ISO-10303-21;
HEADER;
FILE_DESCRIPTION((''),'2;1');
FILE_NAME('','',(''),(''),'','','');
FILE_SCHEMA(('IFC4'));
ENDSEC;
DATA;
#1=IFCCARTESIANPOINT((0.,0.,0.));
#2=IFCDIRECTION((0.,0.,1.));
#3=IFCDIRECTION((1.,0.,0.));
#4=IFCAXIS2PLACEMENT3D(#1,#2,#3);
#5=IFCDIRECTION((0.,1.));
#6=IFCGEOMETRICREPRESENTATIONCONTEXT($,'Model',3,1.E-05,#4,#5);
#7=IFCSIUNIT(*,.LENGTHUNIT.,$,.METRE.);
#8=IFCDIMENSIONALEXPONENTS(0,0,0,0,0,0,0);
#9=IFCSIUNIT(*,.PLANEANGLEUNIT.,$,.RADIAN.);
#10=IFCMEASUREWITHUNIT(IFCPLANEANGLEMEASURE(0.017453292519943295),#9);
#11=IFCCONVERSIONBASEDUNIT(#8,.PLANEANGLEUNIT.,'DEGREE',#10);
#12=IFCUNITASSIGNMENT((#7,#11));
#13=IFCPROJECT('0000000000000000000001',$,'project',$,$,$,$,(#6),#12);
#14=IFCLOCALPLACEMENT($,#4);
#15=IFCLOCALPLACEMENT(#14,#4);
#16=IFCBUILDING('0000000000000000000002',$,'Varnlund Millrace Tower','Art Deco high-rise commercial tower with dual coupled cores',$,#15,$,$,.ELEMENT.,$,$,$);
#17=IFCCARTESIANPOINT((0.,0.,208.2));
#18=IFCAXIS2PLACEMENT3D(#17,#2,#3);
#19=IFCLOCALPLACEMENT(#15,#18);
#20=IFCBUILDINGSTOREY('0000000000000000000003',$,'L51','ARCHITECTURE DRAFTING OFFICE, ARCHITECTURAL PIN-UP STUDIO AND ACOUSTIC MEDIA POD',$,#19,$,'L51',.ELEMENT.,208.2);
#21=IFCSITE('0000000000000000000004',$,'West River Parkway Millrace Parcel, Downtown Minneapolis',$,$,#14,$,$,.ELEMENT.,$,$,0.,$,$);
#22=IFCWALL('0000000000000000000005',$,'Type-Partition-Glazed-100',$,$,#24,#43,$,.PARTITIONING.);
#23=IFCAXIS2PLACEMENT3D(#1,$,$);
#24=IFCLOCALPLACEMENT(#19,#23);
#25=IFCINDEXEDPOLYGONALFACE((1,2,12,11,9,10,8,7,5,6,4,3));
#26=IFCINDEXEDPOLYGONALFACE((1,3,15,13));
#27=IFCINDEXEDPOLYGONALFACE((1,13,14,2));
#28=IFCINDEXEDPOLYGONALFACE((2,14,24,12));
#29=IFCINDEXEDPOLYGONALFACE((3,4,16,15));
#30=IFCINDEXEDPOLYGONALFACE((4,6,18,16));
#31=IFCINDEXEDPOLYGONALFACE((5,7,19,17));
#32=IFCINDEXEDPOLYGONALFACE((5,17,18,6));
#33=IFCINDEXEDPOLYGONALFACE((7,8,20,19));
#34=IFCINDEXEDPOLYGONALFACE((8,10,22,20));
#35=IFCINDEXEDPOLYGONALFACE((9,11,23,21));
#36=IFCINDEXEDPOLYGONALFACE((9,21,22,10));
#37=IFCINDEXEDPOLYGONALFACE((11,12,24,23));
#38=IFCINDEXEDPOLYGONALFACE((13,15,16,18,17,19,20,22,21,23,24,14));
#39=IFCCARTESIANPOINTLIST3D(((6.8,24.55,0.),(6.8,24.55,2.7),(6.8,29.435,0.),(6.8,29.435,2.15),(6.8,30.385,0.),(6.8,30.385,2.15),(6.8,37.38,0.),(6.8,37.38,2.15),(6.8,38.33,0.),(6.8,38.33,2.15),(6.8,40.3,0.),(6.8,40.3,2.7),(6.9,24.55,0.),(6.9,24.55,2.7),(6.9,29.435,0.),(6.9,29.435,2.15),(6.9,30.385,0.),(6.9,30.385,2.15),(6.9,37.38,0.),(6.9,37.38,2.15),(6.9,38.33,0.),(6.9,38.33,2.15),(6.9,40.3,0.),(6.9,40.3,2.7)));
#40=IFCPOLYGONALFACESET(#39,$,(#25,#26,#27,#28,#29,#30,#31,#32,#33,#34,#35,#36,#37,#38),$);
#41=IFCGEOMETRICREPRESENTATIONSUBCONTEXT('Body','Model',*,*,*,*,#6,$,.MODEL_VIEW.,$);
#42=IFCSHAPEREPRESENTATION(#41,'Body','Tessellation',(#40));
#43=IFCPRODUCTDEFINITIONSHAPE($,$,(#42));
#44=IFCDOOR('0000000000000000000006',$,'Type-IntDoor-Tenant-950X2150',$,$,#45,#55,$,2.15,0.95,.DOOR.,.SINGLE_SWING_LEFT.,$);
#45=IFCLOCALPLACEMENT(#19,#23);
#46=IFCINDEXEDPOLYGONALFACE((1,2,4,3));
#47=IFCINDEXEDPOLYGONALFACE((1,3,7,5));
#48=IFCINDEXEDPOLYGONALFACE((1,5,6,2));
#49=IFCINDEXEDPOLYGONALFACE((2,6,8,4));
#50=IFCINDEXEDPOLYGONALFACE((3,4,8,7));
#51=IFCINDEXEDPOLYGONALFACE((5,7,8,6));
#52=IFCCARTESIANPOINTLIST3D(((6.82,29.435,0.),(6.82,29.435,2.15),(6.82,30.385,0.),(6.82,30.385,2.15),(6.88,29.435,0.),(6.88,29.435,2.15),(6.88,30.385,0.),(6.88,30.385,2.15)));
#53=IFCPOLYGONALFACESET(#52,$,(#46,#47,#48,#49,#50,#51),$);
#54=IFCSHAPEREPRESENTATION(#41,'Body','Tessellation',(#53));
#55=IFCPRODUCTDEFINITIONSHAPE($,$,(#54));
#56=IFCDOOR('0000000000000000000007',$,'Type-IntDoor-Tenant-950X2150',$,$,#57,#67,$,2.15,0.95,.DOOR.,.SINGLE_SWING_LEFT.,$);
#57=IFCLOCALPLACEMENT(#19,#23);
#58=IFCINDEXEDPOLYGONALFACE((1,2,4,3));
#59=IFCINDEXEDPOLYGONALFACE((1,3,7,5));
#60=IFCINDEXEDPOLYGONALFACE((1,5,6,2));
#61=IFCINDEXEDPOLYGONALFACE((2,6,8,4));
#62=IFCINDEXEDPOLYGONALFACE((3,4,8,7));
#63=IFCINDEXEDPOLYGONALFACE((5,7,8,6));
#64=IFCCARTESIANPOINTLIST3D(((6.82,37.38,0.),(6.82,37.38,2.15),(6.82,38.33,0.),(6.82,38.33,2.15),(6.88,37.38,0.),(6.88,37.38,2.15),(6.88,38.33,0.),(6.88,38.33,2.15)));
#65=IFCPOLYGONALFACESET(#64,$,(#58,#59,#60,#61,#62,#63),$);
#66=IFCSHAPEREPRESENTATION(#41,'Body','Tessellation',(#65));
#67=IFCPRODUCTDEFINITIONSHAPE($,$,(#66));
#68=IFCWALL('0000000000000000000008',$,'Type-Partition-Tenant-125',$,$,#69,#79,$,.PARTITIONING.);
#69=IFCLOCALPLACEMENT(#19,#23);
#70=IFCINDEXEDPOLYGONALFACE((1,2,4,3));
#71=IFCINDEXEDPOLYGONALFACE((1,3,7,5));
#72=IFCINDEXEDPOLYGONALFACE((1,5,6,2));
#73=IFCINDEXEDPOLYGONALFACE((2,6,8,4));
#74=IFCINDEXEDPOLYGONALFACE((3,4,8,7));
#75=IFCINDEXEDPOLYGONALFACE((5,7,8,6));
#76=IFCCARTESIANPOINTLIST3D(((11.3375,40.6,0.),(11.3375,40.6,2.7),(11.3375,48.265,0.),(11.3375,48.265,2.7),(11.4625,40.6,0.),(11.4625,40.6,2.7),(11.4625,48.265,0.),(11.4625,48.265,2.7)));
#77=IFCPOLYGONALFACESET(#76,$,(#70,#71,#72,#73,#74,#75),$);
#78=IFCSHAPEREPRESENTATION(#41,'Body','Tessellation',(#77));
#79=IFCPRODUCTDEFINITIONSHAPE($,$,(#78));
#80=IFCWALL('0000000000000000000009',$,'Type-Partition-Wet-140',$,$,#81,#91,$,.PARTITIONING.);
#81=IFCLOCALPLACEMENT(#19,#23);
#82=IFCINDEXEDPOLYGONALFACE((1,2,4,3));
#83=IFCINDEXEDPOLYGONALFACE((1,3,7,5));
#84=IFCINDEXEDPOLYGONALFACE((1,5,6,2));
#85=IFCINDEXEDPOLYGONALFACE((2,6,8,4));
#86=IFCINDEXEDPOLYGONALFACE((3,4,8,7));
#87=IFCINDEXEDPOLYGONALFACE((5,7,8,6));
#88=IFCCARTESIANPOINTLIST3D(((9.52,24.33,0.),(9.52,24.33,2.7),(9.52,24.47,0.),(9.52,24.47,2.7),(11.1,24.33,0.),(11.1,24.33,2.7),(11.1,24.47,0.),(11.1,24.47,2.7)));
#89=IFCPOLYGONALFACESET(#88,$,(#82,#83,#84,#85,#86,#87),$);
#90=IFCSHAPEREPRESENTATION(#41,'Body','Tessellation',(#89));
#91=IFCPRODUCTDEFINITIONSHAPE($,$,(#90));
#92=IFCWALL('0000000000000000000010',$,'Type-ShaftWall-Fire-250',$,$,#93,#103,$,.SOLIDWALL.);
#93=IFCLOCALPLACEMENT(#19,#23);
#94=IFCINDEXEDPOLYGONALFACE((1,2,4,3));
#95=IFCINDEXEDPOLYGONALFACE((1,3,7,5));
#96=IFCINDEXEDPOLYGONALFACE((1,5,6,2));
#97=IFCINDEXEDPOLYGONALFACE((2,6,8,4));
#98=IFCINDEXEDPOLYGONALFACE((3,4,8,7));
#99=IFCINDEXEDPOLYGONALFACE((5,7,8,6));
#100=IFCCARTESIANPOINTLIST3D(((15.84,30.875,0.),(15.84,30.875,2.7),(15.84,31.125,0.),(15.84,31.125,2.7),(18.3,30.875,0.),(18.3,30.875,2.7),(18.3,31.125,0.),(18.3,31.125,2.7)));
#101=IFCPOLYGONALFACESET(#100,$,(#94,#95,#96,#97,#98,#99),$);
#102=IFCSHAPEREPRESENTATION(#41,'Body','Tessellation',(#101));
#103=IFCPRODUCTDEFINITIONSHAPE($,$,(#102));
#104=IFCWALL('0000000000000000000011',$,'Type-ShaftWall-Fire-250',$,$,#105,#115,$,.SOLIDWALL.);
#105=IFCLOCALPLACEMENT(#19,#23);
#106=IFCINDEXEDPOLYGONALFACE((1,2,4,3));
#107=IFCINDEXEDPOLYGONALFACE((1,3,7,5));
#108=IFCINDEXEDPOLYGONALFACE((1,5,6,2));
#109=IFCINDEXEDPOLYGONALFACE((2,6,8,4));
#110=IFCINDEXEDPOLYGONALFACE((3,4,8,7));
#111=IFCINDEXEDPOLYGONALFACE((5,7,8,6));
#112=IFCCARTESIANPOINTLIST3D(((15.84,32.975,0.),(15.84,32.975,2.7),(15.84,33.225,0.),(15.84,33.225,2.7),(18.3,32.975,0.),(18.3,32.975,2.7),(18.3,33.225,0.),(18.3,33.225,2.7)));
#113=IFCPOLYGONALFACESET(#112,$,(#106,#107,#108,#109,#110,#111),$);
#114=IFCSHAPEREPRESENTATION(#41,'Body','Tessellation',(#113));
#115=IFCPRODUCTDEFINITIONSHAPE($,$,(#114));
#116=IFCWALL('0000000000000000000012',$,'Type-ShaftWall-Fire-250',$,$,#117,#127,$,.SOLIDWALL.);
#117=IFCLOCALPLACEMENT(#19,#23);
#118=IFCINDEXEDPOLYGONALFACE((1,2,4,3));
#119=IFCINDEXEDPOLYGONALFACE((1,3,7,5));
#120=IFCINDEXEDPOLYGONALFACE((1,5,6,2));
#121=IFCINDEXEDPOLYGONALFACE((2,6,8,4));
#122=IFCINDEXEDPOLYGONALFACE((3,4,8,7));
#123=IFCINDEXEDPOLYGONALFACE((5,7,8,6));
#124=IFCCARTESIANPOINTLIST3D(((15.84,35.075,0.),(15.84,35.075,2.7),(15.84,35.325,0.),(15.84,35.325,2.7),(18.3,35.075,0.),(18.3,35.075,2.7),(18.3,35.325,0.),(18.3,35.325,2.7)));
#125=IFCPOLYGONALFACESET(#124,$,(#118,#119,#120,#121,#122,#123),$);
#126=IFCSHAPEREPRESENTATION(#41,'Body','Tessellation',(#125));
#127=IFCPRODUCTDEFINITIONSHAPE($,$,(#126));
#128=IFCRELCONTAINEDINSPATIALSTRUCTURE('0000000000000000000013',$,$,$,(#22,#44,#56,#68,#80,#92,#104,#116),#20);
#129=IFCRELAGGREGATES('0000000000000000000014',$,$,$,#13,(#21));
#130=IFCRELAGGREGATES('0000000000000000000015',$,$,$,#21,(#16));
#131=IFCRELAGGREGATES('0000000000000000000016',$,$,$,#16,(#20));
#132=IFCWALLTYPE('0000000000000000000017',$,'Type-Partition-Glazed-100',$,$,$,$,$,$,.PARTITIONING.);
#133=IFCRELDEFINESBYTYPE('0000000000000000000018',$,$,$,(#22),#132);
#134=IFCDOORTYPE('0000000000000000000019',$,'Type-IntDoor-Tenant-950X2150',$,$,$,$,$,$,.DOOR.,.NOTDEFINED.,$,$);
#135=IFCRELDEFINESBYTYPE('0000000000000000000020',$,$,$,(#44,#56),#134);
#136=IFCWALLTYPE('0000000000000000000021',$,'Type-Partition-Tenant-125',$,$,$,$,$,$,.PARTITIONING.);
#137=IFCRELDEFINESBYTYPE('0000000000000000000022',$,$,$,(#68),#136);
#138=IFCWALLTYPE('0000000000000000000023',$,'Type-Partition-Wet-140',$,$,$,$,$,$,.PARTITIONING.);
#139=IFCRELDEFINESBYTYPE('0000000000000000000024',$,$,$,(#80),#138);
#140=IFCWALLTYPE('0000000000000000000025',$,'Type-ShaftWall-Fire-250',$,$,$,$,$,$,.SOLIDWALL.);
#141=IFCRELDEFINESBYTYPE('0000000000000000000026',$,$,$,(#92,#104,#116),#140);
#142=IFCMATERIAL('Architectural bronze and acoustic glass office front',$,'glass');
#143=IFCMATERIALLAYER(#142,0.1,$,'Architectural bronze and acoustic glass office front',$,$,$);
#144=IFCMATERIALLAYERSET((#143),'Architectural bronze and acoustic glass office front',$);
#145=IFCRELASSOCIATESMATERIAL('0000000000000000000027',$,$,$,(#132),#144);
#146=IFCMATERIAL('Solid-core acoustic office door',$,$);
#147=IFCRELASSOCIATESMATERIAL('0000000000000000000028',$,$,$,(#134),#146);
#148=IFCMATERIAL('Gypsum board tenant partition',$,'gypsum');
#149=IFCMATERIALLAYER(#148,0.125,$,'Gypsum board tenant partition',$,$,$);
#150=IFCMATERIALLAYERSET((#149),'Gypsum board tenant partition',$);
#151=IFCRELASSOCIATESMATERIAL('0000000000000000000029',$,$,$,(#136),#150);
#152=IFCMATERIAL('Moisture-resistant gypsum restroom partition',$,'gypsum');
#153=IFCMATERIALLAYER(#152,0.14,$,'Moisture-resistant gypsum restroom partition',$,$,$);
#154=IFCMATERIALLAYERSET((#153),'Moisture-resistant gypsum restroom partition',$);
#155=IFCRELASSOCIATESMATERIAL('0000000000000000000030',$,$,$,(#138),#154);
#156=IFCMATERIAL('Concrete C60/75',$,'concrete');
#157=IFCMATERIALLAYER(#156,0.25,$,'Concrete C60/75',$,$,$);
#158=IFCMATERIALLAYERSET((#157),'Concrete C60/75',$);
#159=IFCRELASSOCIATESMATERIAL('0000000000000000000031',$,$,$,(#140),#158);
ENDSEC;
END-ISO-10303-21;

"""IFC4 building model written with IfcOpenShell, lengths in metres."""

from ifc_helpers import new_model, entity, si_unit, converted_unit, direction, frame, origin_with_axes, origin_2d_with_axis, place, context, subcontext, project, spatial, polyline, rectangle, outline, extrude, material, layer, layer_set, type_object, element, fill, save


model = new_model("IFC4")

# Units and contexts
model_context = context("Model", 3, precision=1e-05, world=origin_with_axes(), true_north=direction((0.0, 1.0)))
body_context = subcontext(model_context, "Body", "Model", "MODEL_VIEW")
ifc_project = project(units=[si_unit("LENGTHUNIT", "METRE"), converted_unit("PLANEANGLEUNIT", "DEGREE", entity("IfcPlaneAngleMeasure", 0.017453292519943295), si_unit("PLANEANGLEUNIT", "RADIAN"), dimensions=[0, 0, 0, 0, 0, 0, 0])], contexts=[model_context])

# Site, building, storey
site_placement = place(None, origin_with_axes())
site = spatial("IfcSite", under=ifc_project, at=site_placement, Name="West River Parkway Millrace Parcel, Downtown Minneapolis", CompositionType="ELEMENT", RefElevation=0.0)
building_placement = place(site_placement, origin_with_axes())
building = spatial("IfcBuilding", under=site, at=building_placement, Name="Varnlund Millrace Tower", Description="Art Deco high-rise commercial tower with dual coupled cores", CompositionType="ELEMENT")
storey_placement = place(building_placement, frame((0.0, 0.0, 208.2), z_axis=(0.0, 0.0, 1.0), x_axis=(1.0, 0.0, 0.0)))
storey = spatial("IfcBuildingStorey", under=building, at=storey_placement, Name="L51", Description="ARCHITECTURE DRAFTING OFFICE, ARCHITECTURAL PIN-UP STUDIO AND ACOUSTIC MEDIA POD", LongName="L51", CompositionType="ELEMENT", Elevation=208.2)

# Wall, openings, doors
ifc_material_1 = material(Name="Architectural bronze and acoustic glass office front", Category="glass")
ifc_layer_1 = layer(ifc_material_1, 0.1, Name="Architectural bronze and acoustic glass office front")
ifc_layer_set_1 = layer_set([ifc_layer_1], Name="Architectural bronze and acoustic glass office front")
wall_type_1 = type_object("IfcWallType", Name="Type-Partition-Glazed-100", PredefinedType="PARTITIONING", material=ifc_layer_set_1)
wall_1_placement = place(storey_placement, frame((6.85, 24.55, 0.0), z_axis=(0.0, 0.0, 1.0), x_axis=(0.0, 1.0, 0.0)))
wall_1 = element("IfcWall", 1, at=wall_1_placement, inside=storey, type_object=wall_type_1, Name="Type-Partition-Glazed-100", PredefinedType="PARTITIONING", context=body_context, shape_type="SweptSolid", body=[
    extrude(outline(polyline([(0.0, -0.05), (15.75, -0.05), (15.75, 0.05), (0.0, 0.05), (0.0, -0.05)])), origin_with_axes(), (0.0, 0.0, 1.0), 2.7),
])
opening_1_placement = place(wall_1_placement, frame((5.36, 0.0, 0.0), z_axis=(0.0, 0.0, 1.0), x_axis=(1.0, 0.0, 0.0)))
opening_1 = element("IfcOpeningElement", 2, at=opening_1_placement, cuts=wall_1, PredefinedType="OPENING", context=body_context, shape_type="SweptSolid", body=[
    extrude(rectangle(XDim=0.95, YDim=0.12, at=origin_2d_with_axis()), origin_with_axes(), (0.0, 0.0, 1.0), 2.15),
])
opening_2_placement = place(wall_1_placement, frame((13.305, 0.0, 0.0), z_axis=(0.0, 0.0, 1.0), x_axis=(1.0, 0.0, 0.0)))
opening_2 = element("IfcOpeningElement", 3, at=opening_2_placement, cuts=wall_1, PredefinedType="OPENING", context=body_context, shape_type="SweptSolid", body=[
    extrude(rectangle(XDim=0.95, YDim=0.12, at=origin_2d_with_axis()), origin_with_axes(), (0.0, 0.0, 1.0), 2.15),
])
ifc_material_2 = material(Name="Solid-core acoustic office door")
door_type_1 = type_object("IfcDoorType", Name="Type-IntDoor-Tenant-950X2150", OperationType="NOTDEFINED", PredefinedType="DOOR", material=ifc_material_2)
door_1_placement = place(wall_1_placement, frame((5.36, 0.0, 0.0), z_axis=(0.0, 0.0, 1.0), x_axis=(1.0, 0.0, 0.0)))
door_1 = element("IfcDoor", 4, at=door_1_placement, inside=storey, type_object=door_type_1, Name="Type-IntDoor-Tenant-950X2150", OperationType="SINGLE_SWING_LEFT", OverallHeight=2.15, OverallWidth=0.95, PredefinedType="DOOR", context=body_context, shape_type="SweptSolid", body=[
    extrude(rectangle(XDim=0.95, YDim=0.06, at=origin_2d_with_axis()), origin_with_axes(), (0.0, 0.0, 1.0), 2.15),
])
fill(opening_1, door_1)
door_2_placement = place(wall_1_placement, frame((13.305, 0.0, 0.0), z_axis=(0.0, 0.0, 1.0), x_axis=(1.0, 0.0, 0.0)))
door_2 = element("IfcDoor", 5, at=door_2_placement, inside=storey, type_object=door_type_1, Name="Type-IntDoor-Tenant-950X2150", OperationType="SINGLE_SWING_LEFT", OverallHeight=2.15, OverallWidth=0.95, PredefinedType="DOOR", context=body_context, shape_type="SweptSolid", body=[
    extrude(rectangle(XDim=0.95, YDim=0.06, at=origin_2d_with_axis()), origin_with_axes(), (0.0, 0.0, 1.0), 2.15),
])
fill(opening_2, door_2)

# Walls
ifc_material_3 = material(Name="Gypsum board tenant partition", Category="gypsum")
ifc_layer_2 = layer(ifc_material_3, 0.125, Name="Gypsum board tenant partition")
ifc_layer_set_2 = layer_set([ifc_layer_2], Name="Gypsum board tenant partition")
wall_type_2 = type_object("IfcWallType", Name="Type-Partition-Tenant-125", PredefinedType="PARTITIONING", material=ifc_layer_set_2)
wall_2_placement = place(storey_placement, frame((11.4, 40.6, 0.0), z_axis=(0.0, 0.0, 1.0), x_axis=(0.0, 1.0, 0.0)))
element("IfcWall", 6, at=wall_2_placement, inside=storey, type_object=wall_type_2, Name="Type-Partition-Tenant-125", PredefinedType="PARTITIONING", context=body_context, shape_type="SweptSolid", body=[
    extrude(outline(polyline([(0.0, -0.0625), (7.665, -0.0625), (7.665, 0.0625), (0.0, 0.0625), (0.0, -0.0625)])), origin_with_axes(), (0.0, 0.0, 1.0), 2.7),
])
ifc_material_4 = material(Name="Moisture-resistant gypsum restroom partition", Category="gypsum")
ifc_layer_3 = layer(ifc_material_4, 0.14, Name="Moisture-resistant gypsum restroom partition")
ifc_layer_set_3 = layer_set([ifc_layer_3], Name="Moisture-resistant gypsum restroom partition")
wall_type_3 = type_object("IfcWallType", Name="Type-Partition-Wet-140", PredefinedType="PARTITIONING", material=ifc_layer_set_3)
wall_3_placement = place(storey_placement, frame((9.52, 24.4, 0.0), z_axis=(0.0, 0.0, 1.0), x_axis=(1.0, 0.0, 0.0)))
element("IfcWall", 7, at=wall_3_placement, inside=storey, type_object=wall_type_3, Name="Type-Partition-Wet-140", PredefinedType="PARTITIONING", context=body_context, shape_type="SweptSolid", body=[
    extrude(outline(polyline([(0.0, -0.07), (1.58, -0.07), (1.58, 0.07), (0.0, 0.07), (0.0, -0.07)])), origin_with_axes(), (0.0, 0.0, 1.0), 2.7),
])
ifc_material_5 = material(Name="Concrete C60/75", Category="concrete")
ifc_layer_4 = layer(ifc_material_5, 0.25, Name="Concrete C60/75")
ifc_layer_set_4 = layer_set([ifc_layer_4], Name="Concrete C60/75")
wall_type_4 = type_object("IfcWallType", Name="Type-ShaftWall-Fire-250", PredefinedType="SOLIDWALL", material=ifc_layer_set_4)
for number, where, z_axis, x_axis, name in (
    (8, (15.84, 31.0, 0.0), (0.0, 0.0, 1.0), (1.0, 0.0, 0.0), "Type-ShaftWall-Fire-250"),
    (9, (15.84, 33.1, 0.0), (0.0, 0.0, 1.0), (1.0, 0.0, 0.0), "Type-ShaftWall-Fire-250"),
    (10, (15.84, 35.2, 0.0), (0.0, 0.0, 1.0), (1.0, 0.0, 0.0), "Type-ShaftWall-Fire-250"),
):
    element("IfcWall", number, at=place(storey_placement, frame(where, z_axis=z_axis, x_axis=x_axis)), inside=storey, type_object=wall_type_4, Name=name, PredefinedType="SOLIDWALL", context=body_context, shape_type="SweptSolid", body=[
        extrude(outline(polyline([(0.0, -0.125), (2.46, -0.125), (2.46, 0.125), (0.0, 0.125), (0.0, -0.125)])), origin_with_axes(), (0.0, 0.0, 1.0), 2.7),
    ])

save(model, "model.ifc")
